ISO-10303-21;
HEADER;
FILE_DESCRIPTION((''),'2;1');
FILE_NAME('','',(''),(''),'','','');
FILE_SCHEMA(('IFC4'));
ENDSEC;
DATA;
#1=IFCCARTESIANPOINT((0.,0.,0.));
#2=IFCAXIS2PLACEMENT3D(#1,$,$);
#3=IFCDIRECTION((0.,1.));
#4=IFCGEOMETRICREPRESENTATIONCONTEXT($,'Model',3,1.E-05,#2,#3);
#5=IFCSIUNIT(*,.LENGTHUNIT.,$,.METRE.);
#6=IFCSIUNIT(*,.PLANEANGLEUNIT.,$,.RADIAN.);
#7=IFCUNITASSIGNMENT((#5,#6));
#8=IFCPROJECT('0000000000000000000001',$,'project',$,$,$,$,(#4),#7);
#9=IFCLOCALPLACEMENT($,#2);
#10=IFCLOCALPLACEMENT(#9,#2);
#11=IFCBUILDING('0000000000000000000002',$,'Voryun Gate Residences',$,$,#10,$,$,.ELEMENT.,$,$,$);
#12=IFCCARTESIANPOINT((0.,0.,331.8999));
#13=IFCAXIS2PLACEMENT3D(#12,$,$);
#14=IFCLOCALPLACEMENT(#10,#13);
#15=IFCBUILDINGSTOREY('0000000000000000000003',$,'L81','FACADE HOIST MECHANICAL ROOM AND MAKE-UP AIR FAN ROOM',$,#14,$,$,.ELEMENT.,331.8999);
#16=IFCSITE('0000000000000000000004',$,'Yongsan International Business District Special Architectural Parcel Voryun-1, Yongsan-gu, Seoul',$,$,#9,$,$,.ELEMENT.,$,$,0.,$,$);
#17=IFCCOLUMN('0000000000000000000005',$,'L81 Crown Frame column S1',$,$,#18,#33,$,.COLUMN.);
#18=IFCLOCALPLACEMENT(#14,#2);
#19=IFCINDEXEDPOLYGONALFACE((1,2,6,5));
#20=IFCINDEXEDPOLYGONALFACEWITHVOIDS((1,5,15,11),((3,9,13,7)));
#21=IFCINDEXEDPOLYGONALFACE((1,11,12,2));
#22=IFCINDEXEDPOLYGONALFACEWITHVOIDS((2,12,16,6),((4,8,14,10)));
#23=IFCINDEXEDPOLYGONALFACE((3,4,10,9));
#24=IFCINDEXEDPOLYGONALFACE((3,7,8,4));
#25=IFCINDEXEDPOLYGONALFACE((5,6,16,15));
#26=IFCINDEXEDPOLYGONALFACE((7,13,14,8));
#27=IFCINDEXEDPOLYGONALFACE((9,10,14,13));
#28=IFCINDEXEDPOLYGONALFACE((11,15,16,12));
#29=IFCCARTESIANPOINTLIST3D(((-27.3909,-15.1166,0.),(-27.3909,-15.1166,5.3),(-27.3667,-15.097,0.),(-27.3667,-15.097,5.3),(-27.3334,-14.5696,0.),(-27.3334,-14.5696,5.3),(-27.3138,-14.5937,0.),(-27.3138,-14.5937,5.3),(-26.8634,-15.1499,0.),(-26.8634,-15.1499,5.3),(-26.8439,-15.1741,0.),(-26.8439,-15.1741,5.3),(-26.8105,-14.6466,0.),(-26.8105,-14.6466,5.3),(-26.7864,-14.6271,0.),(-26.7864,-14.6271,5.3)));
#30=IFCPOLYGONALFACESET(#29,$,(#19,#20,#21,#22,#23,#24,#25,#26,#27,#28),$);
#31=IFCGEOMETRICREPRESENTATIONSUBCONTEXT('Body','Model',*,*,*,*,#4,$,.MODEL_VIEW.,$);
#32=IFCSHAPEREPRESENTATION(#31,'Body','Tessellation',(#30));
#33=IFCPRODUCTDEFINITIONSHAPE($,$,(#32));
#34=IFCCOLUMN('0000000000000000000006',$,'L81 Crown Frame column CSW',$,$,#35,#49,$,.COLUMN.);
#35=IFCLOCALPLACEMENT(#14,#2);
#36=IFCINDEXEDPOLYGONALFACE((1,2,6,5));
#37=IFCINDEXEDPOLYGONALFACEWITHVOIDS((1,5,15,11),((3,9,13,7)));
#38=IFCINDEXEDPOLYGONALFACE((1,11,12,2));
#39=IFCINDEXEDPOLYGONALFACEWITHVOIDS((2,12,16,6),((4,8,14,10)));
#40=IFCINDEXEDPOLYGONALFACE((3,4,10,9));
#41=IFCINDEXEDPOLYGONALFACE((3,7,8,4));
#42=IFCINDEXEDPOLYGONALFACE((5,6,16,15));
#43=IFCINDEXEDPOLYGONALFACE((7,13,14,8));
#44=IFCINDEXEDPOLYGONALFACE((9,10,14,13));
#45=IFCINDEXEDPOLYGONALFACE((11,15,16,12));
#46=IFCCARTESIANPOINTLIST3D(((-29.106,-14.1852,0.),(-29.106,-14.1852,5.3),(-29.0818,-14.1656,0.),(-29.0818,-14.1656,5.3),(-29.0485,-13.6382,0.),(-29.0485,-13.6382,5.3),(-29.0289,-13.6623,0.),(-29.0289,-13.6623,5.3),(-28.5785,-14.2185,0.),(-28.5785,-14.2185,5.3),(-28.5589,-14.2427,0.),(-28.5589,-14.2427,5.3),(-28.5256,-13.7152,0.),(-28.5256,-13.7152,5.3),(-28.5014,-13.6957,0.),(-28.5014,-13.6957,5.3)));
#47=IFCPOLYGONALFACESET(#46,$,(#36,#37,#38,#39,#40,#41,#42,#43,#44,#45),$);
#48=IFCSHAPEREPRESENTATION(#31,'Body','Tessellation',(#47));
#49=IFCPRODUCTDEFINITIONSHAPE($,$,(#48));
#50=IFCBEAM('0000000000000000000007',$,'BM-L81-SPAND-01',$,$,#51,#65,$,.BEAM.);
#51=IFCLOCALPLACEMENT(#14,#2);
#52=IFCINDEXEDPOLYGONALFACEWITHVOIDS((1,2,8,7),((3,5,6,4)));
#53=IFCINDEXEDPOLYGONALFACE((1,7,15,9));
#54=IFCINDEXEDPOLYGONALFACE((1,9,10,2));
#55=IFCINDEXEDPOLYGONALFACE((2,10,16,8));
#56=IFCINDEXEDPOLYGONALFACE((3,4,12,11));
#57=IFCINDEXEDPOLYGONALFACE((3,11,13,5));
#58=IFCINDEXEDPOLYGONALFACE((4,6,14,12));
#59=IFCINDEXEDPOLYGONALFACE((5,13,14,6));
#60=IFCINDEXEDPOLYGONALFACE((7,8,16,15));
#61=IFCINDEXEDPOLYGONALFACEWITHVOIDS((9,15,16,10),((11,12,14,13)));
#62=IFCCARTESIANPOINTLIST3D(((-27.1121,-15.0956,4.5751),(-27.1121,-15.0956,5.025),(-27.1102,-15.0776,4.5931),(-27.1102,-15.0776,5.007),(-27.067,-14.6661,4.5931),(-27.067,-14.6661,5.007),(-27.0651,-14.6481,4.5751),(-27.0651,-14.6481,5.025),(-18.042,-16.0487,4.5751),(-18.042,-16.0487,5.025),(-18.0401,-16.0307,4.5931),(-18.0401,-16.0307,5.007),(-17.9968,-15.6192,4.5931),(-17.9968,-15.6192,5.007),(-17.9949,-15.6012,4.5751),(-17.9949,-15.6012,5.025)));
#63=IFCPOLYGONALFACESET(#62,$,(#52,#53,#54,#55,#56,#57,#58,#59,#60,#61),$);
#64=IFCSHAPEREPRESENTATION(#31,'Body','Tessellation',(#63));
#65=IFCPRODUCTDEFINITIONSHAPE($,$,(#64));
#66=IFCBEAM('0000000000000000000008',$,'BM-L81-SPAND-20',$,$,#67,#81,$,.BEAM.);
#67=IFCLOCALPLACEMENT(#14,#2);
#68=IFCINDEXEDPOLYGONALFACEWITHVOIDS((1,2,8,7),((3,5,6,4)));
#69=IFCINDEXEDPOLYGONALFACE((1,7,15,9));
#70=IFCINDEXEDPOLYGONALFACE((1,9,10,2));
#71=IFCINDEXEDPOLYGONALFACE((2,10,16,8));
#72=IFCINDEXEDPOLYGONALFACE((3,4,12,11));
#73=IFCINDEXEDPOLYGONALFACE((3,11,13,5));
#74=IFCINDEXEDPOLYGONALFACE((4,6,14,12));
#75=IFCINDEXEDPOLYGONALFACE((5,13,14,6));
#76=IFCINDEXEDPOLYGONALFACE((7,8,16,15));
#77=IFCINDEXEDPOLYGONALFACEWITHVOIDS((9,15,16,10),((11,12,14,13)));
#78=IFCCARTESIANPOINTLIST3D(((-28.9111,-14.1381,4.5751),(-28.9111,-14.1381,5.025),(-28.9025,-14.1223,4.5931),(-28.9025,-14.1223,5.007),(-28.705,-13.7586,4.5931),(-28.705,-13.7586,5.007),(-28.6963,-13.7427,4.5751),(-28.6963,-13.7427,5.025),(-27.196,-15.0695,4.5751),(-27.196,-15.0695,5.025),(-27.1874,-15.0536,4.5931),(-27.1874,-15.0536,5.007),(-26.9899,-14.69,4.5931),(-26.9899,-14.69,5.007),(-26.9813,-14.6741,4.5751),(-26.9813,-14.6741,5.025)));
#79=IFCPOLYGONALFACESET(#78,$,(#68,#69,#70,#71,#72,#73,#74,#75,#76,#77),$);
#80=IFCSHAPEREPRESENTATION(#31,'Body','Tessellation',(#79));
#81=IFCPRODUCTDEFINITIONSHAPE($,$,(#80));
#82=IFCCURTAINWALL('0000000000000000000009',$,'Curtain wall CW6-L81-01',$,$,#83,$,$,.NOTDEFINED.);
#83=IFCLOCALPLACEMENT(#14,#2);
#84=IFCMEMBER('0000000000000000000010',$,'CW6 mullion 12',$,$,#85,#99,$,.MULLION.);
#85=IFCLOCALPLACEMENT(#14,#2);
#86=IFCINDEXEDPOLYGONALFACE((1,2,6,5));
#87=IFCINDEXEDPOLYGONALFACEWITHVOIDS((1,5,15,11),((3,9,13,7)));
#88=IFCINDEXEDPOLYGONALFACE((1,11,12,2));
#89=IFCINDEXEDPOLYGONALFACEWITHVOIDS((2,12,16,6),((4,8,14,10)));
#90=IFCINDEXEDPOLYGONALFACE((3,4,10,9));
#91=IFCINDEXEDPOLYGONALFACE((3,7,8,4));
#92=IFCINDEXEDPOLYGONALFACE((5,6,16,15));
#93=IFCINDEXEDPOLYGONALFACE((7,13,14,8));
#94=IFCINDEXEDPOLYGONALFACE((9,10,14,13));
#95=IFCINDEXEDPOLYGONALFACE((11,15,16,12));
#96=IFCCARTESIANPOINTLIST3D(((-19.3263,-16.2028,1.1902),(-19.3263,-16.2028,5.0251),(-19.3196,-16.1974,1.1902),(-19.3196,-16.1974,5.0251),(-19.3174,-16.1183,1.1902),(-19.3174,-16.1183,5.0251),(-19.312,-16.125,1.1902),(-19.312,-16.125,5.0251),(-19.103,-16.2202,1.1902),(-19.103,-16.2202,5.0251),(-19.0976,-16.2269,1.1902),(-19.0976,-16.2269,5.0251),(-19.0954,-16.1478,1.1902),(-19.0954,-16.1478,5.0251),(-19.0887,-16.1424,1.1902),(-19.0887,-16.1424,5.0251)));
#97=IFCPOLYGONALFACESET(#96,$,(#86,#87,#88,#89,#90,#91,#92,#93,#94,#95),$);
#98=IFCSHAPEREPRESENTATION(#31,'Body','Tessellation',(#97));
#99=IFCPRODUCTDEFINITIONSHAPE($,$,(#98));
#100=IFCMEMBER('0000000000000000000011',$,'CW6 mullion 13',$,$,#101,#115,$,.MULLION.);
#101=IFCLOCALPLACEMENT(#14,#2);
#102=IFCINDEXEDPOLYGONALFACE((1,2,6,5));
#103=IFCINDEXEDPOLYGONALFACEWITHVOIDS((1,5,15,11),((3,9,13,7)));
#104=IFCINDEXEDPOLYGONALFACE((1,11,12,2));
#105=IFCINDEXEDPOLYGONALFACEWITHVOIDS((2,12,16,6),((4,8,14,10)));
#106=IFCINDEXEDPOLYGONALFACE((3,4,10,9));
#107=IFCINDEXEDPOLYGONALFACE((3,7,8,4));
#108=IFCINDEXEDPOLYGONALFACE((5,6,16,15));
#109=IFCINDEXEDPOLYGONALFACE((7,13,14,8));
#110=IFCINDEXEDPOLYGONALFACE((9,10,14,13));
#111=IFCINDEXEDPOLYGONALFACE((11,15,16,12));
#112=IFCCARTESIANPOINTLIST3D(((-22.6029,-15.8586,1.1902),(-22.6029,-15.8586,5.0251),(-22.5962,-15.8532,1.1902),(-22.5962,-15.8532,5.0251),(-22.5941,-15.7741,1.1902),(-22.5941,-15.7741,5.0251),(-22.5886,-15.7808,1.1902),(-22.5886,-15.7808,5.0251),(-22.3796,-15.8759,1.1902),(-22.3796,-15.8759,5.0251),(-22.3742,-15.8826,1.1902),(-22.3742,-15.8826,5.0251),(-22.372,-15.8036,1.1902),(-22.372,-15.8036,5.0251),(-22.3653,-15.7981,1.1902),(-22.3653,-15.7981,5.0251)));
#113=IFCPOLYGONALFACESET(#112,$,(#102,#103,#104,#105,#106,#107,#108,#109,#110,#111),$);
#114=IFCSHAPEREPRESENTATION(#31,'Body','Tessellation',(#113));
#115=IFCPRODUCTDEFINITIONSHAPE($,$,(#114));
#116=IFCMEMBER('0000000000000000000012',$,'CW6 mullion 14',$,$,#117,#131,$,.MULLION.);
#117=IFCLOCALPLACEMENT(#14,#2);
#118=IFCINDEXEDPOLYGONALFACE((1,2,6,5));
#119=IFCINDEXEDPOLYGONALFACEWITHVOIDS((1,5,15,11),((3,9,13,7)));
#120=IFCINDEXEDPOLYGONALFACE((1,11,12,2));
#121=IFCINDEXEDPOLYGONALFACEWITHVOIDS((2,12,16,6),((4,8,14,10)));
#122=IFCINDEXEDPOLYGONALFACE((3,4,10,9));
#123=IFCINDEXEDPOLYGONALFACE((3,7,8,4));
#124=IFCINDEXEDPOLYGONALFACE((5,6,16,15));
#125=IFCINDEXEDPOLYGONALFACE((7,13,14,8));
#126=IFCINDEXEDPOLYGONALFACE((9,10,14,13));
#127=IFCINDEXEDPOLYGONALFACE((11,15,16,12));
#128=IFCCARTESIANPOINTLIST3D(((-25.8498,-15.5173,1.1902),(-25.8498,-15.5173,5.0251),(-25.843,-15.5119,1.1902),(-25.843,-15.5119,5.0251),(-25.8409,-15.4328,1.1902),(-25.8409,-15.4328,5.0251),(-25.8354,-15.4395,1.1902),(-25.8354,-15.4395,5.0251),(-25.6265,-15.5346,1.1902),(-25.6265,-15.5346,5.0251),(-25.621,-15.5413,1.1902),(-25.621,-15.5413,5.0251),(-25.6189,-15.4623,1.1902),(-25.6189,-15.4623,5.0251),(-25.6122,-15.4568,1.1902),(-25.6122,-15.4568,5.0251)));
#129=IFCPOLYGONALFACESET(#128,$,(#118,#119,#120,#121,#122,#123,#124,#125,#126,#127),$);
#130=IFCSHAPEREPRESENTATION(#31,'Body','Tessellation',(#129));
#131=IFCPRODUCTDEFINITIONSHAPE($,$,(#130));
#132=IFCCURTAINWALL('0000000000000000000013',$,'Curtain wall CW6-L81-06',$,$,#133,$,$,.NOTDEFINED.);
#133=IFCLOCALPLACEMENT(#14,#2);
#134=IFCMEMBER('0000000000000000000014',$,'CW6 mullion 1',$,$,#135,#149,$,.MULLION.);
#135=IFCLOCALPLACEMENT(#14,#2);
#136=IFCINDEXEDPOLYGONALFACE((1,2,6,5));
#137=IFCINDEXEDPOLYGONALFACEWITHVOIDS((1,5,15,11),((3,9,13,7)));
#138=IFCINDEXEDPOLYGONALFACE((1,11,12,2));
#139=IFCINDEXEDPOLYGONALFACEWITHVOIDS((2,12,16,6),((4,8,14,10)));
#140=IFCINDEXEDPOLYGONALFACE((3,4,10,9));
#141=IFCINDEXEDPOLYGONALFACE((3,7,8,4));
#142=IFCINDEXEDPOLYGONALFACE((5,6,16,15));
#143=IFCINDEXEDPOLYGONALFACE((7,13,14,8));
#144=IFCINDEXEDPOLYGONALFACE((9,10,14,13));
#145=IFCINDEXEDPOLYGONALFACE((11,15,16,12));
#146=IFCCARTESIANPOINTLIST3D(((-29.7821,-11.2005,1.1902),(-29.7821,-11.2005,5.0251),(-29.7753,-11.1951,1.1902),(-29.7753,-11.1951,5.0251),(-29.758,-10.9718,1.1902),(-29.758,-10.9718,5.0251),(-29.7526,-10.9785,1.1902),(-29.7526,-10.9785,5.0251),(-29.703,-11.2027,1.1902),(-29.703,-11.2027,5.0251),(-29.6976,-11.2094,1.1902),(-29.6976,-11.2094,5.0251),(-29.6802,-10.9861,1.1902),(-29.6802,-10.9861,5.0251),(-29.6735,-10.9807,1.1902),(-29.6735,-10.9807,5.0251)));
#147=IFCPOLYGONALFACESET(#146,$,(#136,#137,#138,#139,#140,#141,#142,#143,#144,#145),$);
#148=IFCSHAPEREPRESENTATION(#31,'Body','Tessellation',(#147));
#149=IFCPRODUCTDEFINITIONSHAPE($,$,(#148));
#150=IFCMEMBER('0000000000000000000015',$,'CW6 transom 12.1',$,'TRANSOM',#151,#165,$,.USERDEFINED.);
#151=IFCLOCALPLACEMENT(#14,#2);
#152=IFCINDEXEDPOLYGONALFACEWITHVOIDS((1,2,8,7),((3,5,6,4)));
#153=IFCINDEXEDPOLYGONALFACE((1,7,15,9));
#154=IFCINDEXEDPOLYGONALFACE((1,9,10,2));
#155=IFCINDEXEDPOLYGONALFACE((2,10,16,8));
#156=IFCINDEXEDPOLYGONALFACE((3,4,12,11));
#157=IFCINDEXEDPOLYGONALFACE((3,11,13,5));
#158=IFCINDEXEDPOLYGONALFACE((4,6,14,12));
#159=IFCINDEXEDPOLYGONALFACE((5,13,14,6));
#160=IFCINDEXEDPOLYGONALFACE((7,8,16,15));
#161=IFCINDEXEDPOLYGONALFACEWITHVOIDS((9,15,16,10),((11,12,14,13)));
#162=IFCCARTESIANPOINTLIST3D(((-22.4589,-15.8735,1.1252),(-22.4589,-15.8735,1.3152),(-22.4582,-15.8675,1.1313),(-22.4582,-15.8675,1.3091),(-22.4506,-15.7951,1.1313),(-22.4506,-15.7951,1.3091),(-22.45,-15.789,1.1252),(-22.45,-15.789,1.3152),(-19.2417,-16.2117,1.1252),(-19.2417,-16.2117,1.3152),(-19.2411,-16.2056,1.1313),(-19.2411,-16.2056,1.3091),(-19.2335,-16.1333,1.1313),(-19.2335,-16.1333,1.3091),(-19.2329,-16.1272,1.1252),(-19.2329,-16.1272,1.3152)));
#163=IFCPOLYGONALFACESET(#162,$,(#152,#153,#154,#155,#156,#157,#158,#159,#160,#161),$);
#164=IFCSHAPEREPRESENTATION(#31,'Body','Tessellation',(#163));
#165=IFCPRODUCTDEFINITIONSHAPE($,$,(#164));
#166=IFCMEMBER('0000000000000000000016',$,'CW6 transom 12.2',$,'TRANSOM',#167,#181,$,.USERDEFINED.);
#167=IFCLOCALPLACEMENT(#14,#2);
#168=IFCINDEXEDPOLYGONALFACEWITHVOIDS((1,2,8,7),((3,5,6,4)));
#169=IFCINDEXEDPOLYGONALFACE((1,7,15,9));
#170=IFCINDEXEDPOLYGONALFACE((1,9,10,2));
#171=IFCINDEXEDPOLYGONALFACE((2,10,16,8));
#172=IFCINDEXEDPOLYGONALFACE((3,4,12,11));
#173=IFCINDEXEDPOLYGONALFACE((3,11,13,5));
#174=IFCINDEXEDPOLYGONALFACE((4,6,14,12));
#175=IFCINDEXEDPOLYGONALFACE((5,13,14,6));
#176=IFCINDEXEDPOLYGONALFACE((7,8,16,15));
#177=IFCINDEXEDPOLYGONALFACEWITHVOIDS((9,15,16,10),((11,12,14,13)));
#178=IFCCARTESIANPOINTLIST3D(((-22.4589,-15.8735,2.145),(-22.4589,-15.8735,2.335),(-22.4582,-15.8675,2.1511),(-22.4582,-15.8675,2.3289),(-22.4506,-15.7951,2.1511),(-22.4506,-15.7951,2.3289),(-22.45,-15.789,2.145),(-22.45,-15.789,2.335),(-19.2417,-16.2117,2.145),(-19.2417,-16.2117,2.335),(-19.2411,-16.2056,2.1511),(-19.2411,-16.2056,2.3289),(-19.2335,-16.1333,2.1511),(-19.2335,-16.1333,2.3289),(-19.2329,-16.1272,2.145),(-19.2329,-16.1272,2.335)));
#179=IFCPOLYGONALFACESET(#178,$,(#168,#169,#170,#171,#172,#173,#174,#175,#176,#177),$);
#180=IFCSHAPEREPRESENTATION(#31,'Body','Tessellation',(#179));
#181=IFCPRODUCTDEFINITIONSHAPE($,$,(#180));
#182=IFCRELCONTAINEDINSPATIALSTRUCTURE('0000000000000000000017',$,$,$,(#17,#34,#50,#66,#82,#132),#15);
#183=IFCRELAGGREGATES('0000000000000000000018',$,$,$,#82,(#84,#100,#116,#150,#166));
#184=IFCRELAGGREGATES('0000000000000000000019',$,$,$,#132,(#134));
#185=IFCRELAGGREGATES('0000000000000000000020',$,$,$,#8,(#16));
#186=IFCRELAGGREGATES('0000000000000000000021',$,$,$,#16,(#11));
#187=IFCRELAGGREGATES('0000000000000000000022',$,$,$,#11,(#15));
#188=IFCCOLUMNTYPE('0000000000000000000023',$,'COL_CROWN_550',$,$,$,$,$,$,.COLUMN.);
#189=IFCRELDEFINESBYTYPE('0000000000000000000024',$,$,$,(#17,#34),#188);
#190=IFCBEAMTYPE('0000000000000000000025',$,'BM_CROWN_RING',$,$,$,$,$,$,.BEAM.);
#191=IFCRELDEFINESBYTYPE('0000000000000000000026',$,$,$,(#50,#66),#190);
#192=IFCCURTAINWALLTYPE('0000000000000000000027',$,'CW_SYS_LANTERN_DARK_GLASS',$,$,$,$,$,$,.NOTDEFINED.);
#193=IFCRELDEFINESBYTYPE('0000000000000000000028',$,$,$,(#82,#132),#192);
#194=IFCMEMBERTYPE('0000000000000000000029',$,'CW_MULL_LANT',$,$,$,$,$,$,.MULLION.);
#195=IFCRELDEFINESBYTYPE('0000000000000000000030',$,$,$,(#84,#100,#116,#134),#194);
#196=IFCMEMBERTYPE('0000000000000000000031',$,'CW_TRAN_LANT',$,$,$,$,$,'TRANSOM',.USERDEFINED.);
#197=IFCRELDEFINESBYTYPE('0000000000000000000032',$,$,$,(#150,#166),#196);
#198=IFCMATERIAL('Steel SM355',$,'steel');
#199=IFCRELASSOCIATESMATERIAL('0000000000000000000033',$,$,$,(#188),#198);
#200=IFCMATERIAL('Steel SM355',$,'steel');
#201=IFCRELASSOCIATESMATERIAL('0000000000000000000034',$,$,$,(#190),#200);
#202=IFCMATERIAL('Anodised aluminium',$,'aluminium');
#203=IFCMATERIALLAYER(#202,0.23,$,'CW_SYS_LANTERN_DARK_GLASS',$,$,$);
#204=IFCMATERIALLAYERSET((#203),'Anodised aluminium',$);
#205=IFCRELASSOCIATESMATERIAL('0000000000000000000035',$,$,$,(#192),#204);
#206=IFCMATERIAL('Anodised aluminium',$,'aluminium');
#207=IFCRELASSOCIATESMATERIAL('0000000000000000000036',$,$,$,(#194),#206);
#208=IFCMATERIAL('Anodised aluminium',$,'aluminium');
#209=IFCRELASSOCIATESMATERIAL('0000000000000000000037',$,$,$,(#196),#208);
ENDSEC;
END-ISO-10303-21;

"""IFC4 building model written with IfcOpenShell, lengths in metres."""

from ifc_helpers import new_model, si_unit, direction, frame, origin, origin_2d, place, context, subcontext, project, spatial, hollow_rectangle, extrude, material, layer, layer_set, material_profile, profile_set, type_object, element, aggregate, save


model = new_model("IFC4")

# Units and contexts
model_context = context("Model", 3, precision=1e-05, world=origin(), true_north=direction((0.0, 1.0)))
body_context = subcontext(model_context, "Body", "Model", "MODEL_VIEW")
ifc_project = project(units=[si_unit("LENGTHUNIT", "METRE"), si_unit("PLANEANGLEUNIT", "RADIAN")], contexts=[model_context])

# Site, building, storey
site_placement = place(None, origin())
site = spatial("IfcSite", under=ifc_project, at=site_placement, Name="Yongsan International Business District Special Architectural Parcel Voryun-1, Yongsan-gu, Seoul", CompositionType="ELEMENT", RefElevation=0.0)
building_placement = place(site_placement, origin())
building = spatial("IfcBuilding", under=site, at=building_placement, Name="Voryun Gate Residences", CompositionType="ELEMENT")
storey_placement = place(building_placement, frame((0.0, 0.0, 331.8999)))
storey = spatial("IfcBuildingStorey", under=building, at=storey_placement, Name="L81", Description="FACADE HOIST MECHANICAL ROOM AND MAKE-UP AIR FAN ROOM", CompositionType="ELEMENT", Elevation=331.8999)

# Columns
ifc_material_1 = material(Name="Steel SM355", Category="steel")
ifc_material_profile_1 = material_profile(ifc_material_1, hollow_rectangle(XDim=0.55, YDim=0.55, WallThickness=0.022, at=origin_2d()), Name="BOX-550x550x22")
ifc_profile_set_1 = profile_set([ifc_material_profile_1], Name="Steel SM355")
column_type = type_object("IfcColumnType", Name="COL_CROWN_550", PredefinedType="COLUMN", material=ifc_profile_set_1)
for number, where, z_axis, x_axis, name in (
    (1, (-27.0886, -14.8718, 0.0), (0.0, 0.0, 1.0), (0.994522, -0.104528, 0.0), "L81 Crown Frame column S1"),
    (2, (-28.8037, -13.9404, 0.0), (0.0, 0.0, 1.0), (0.994522, -0.104528, 0.0), "L81 Crown Frame column CSW"),
):
    element("IfcColumn", number, at=place(storey_placement, frame(where, z_axis=z_axis, x_axis=x_axis)), inside=storey, type_object=column_type, Name=name, PredefinedType="COLUMN", context=body_context, shape_type="SweptSolid", body=[
        extrude(hollow_rectangle(XDim=0.55, YDim=0.55, WallThickness=0.022, at=origin_2d()), origin(), (0.0, 0.0, 1.0), 5.3),
    ])

# Beams
ifc_material_2 = material(Name="Steel SM355", Category="steel")
ifc_material_profile_2 = material_profile(ifc_material_2, hollow_rectangle(XDim=0.45, YDim=0.45, WallThickness=0.0181, at=origin_2d()), Name="BOX-450x450x18")
ifc_profile_set_2 = profile_set([ifc_material_profile_2], Name="Steel SM355")
beam_type = type_object("IfcBeamType", Name="BM_CROWN_RING", PredefinedType="BEAM", material=ifc_profile_set_2)
beam_1_placement = place(storey_placement, frame((-27.0886, -14.8718, 4.8), z_axis=(0.994524, -0.104509, 0.0), x_axis=(0.104509, 0.994524, 0.0)))
element("IfcBeam", 3, at=beam_1_placement, inside=storey, type_object=beam_type, Name="BM-L81-SPAND-01", PredefinedType="BEAM", context=body_context, shape_type="SweptSolid", body=[
    extrude(hollow_rectangle(XDim=0.45, YDim=0.45, WallThickness=0.0181, at=origin_2d()), origin(), (0.0, 0.0, 1.0), 9.1201),
])
beam_2_placement = place(storey_placement, frame((-28.8037, -13.9404, 4.8), z_axis=(0.878778, -0.47723, 0.0), x_axis=(0.47723, 0.878778, 0.0)))
element("IfcBeam", 4, at=beam_2_placement, inside=storey, type_object=beam_type, Name="BM-L81-SPAND-20", PredefinedType="BEAM", context=body_context, shape_type="SweptSolid", body=[
    extrude(hollow_rectangle(XDim=0.45, YDim=0.45, WallThickness=0.0181, at=origin_2d()), origin(), (0.0, 0.0, 1.0), 1.9517),
])

# Curtain wall, members
ifc_material_3 = material(Name="Anodised aluminium", Category="aluminium")
ifc_layer_1 = layer(ifc_material_3, 0.23, Name="CW_SYS_LANTERN_DARK_GLASS")
ifc_layer_set_1 = layer_set([ifc_layer_1], Name="Anodised aluminium")
curtain_wall_type = type_object("IfcCurtainWallType", Name="CW_SYS_LANTERN_DARK_GLASS", PredefinedType="NOTDEFINED", material=ifc_layer_set_1)
curtain_wall_1_placement = place(storey_placement, origin())
curtain_wall_1 = element("IfcCurtainWall", 5, at=curtain_wall_1_placement, inside=storey, type_object=curtain_wall_type, Name="Curtain wall CW6-L81-01", PredefinedType="NOTDEFINED")
ifc_material_4 = material(Name="Anodised aluminium", Category="aluminium")
ifc_material_profile_3 = material_profile(ifc_material_4, hollow_rectangle(XDim=0.085, YDim=0.23, WallThickness=0.0061, at=origin_2d()), Name="ALU-MULL-230x85x6")
ifc_profile_set_3 = profile_set([ifc_material_profile_3], Name="Anodised aluminium")
member_type_1 = type_object("IfcMemberType", Name="CW_MULL_LANT", PredefinedType="MULLION", material=ifc_profile_set_3)
member_1_placement = place(storey_placement, frame((-19.2075, -16.1726, 1.1902), z_axis=(0.0, 0.0, 1.0), x_axis=(-0.104528, -0.994522, 0.0)))
member_1 = element("IfcMember", 6, at=member_1_placement, type_object=member_type_1, Name="CW6 mullion 12", PredefinedType="MULLION", context=body_context, shape_type="SweptSolid", body=[
    extrude(hollow_rectangle(XDim=0.085, YDim=0.23, WallThickness=0.0061, at=origin_2d()), origin(), (0.0, 0.0, 1.0), 3.835),
])
member_2_placement = place(storey_placement, frame((-22.4841, -15.8284, 1.1902), z_axis=(0.0, 0.0, 1.0), x_axis=(-0.104528, -0.994522, 0.0)))
member_2 = element("IfcMember", 7, at=member_2_placement, type_object=member_type_1, Name="CW6 mullion 13", PredefinedType="MULLION", context=body_context, shape_type="SweptSolid", body=[
    extrude(hollow_rectangle(XDim=0.085, YDim=0.23, WallThickness=0.0061, at=origin_2d()), origin(), (0.0, 0.0, 1.0), 3.835),
])
member_3_placement = place(storey_placement, frame((-25.731, -15.4871, 1.1902), z_axis=(0.0, 0.0, 1.0), x_axis=(-0.104528, -0.994522, 0.0)))
member_3 = element("IfcMember", 8, at=member_3_placement, type_object=member_type_1, Name="CW6 mullion 14", PredefinedType="MULLION", context=body_context, shape_type="SweptSolid", body=[
    extrude(hollow_rectangle(XDim=0.085, YDim=0.23, WallThickness=0.0061, at=origin_2d()), origin(), (0.0, 0.0, 1.0), 3.835),
])

# Curtain wall, member
curtain_wall_2_placement = place(storey_placement, origin())
curtain_wall_2 = element("IfcCurtainWall", 9, at=curtain_wall_2_placement, inside=storey, type_object=curtain_wall_type, Name="Curtain wall CW6-L81-06", PredefinedType="NOTDEFINED")
member_4_placement = place(storey_placement, frame((-29.7278, -11.0906, 1.1902), z_axis=(0.0, 0.0, 1.0), x_axis=(-0.994522, 0.104528, 0.0)))
member_4 = element("IfcMember", 10, at=member_4_placement, type_object=member_type_1, Name="CW6 mullion 1", PredefinedType="MULLION", context=body_context, shape_type="SweptSolid", body=[
    extrude(hollow_rectangle(XDim=0.085, YDim=0.23, WallThickness=0.0061, at=origin_2d()), origin(), (0.0, 0.0, 1.0), 3.835),
])

# Members
ifc_material_5 = material(Name="Anodised aluminium", Category="aluminium")
ifc_material_profile_4 = material_profile(ifc_material_5, hollow_rectangle(XDim=0.085, YDim=0.1899, WallThickness=0.0061, at=origin_2d()), Name="ALU-TRAN-190x85x6")
ifc_profile_set_4 = profile_set([ifc_material_profile_4], Name="Anodised aluminium")
member_type_2 = type_object("IfcMemberType", Name="CW_TRAN_LANT", ElementType="TRANSOM", PredefinedType="USERDEFINED", material=ifc_profile_set_4)
member_5_placement = place(storey_placement, frame((-19.2373, -16.1694, 1.2202), z_axis=(-0.994522, 0.104532, 0.0), x_axis=(-0.104532, -0.994522, 0.0)))
member_5 = element("IfcMember", 11, at=member_5_placement, type_object=member_type_2, Name="CW6 transom 12.1", ObjectType="TRANSOM", PredefinedType="USERDEFINED", context=body_context, shape_type="SweptSolid", body=[
    extrude(hollow_rectangle(XDim=0.085, YDim=0.1899, WallThickness=0.0061, at=origin_2d()), origin(), (0.0, 0.0, 1.0), 3.2349),
])
member_6_placement = place(storey_placement, frame((-19.2373, -16.1694, 2.24), z_axis=(-0.994522, 0.104532, 0.0), x_axis=(-0.104532, -0.994522, 0.0)))
member_6 = element("IfcMember", 12, at=member_6_placement, type_object=member_type_2, Name="CW6 transom 12.2", ObjectType="TRANSOM", PredefinedType="USERDEFINED", context=body_context, shape_type="SweptSolid", body=[
    extrude(hollow_rectangle(XDim=0.085, YDim=0.1899, WallThickness=0.0061, at=origin_2d()), origin(), (0.0, 0.0, 1.0), 3.2349),
])

aggregate(curtain_wall_1, [member_1, member_2, member_3, member_5, member_6])
aggregate(curtain_wall_2, [member_4])

save(model, "model.ifc")
